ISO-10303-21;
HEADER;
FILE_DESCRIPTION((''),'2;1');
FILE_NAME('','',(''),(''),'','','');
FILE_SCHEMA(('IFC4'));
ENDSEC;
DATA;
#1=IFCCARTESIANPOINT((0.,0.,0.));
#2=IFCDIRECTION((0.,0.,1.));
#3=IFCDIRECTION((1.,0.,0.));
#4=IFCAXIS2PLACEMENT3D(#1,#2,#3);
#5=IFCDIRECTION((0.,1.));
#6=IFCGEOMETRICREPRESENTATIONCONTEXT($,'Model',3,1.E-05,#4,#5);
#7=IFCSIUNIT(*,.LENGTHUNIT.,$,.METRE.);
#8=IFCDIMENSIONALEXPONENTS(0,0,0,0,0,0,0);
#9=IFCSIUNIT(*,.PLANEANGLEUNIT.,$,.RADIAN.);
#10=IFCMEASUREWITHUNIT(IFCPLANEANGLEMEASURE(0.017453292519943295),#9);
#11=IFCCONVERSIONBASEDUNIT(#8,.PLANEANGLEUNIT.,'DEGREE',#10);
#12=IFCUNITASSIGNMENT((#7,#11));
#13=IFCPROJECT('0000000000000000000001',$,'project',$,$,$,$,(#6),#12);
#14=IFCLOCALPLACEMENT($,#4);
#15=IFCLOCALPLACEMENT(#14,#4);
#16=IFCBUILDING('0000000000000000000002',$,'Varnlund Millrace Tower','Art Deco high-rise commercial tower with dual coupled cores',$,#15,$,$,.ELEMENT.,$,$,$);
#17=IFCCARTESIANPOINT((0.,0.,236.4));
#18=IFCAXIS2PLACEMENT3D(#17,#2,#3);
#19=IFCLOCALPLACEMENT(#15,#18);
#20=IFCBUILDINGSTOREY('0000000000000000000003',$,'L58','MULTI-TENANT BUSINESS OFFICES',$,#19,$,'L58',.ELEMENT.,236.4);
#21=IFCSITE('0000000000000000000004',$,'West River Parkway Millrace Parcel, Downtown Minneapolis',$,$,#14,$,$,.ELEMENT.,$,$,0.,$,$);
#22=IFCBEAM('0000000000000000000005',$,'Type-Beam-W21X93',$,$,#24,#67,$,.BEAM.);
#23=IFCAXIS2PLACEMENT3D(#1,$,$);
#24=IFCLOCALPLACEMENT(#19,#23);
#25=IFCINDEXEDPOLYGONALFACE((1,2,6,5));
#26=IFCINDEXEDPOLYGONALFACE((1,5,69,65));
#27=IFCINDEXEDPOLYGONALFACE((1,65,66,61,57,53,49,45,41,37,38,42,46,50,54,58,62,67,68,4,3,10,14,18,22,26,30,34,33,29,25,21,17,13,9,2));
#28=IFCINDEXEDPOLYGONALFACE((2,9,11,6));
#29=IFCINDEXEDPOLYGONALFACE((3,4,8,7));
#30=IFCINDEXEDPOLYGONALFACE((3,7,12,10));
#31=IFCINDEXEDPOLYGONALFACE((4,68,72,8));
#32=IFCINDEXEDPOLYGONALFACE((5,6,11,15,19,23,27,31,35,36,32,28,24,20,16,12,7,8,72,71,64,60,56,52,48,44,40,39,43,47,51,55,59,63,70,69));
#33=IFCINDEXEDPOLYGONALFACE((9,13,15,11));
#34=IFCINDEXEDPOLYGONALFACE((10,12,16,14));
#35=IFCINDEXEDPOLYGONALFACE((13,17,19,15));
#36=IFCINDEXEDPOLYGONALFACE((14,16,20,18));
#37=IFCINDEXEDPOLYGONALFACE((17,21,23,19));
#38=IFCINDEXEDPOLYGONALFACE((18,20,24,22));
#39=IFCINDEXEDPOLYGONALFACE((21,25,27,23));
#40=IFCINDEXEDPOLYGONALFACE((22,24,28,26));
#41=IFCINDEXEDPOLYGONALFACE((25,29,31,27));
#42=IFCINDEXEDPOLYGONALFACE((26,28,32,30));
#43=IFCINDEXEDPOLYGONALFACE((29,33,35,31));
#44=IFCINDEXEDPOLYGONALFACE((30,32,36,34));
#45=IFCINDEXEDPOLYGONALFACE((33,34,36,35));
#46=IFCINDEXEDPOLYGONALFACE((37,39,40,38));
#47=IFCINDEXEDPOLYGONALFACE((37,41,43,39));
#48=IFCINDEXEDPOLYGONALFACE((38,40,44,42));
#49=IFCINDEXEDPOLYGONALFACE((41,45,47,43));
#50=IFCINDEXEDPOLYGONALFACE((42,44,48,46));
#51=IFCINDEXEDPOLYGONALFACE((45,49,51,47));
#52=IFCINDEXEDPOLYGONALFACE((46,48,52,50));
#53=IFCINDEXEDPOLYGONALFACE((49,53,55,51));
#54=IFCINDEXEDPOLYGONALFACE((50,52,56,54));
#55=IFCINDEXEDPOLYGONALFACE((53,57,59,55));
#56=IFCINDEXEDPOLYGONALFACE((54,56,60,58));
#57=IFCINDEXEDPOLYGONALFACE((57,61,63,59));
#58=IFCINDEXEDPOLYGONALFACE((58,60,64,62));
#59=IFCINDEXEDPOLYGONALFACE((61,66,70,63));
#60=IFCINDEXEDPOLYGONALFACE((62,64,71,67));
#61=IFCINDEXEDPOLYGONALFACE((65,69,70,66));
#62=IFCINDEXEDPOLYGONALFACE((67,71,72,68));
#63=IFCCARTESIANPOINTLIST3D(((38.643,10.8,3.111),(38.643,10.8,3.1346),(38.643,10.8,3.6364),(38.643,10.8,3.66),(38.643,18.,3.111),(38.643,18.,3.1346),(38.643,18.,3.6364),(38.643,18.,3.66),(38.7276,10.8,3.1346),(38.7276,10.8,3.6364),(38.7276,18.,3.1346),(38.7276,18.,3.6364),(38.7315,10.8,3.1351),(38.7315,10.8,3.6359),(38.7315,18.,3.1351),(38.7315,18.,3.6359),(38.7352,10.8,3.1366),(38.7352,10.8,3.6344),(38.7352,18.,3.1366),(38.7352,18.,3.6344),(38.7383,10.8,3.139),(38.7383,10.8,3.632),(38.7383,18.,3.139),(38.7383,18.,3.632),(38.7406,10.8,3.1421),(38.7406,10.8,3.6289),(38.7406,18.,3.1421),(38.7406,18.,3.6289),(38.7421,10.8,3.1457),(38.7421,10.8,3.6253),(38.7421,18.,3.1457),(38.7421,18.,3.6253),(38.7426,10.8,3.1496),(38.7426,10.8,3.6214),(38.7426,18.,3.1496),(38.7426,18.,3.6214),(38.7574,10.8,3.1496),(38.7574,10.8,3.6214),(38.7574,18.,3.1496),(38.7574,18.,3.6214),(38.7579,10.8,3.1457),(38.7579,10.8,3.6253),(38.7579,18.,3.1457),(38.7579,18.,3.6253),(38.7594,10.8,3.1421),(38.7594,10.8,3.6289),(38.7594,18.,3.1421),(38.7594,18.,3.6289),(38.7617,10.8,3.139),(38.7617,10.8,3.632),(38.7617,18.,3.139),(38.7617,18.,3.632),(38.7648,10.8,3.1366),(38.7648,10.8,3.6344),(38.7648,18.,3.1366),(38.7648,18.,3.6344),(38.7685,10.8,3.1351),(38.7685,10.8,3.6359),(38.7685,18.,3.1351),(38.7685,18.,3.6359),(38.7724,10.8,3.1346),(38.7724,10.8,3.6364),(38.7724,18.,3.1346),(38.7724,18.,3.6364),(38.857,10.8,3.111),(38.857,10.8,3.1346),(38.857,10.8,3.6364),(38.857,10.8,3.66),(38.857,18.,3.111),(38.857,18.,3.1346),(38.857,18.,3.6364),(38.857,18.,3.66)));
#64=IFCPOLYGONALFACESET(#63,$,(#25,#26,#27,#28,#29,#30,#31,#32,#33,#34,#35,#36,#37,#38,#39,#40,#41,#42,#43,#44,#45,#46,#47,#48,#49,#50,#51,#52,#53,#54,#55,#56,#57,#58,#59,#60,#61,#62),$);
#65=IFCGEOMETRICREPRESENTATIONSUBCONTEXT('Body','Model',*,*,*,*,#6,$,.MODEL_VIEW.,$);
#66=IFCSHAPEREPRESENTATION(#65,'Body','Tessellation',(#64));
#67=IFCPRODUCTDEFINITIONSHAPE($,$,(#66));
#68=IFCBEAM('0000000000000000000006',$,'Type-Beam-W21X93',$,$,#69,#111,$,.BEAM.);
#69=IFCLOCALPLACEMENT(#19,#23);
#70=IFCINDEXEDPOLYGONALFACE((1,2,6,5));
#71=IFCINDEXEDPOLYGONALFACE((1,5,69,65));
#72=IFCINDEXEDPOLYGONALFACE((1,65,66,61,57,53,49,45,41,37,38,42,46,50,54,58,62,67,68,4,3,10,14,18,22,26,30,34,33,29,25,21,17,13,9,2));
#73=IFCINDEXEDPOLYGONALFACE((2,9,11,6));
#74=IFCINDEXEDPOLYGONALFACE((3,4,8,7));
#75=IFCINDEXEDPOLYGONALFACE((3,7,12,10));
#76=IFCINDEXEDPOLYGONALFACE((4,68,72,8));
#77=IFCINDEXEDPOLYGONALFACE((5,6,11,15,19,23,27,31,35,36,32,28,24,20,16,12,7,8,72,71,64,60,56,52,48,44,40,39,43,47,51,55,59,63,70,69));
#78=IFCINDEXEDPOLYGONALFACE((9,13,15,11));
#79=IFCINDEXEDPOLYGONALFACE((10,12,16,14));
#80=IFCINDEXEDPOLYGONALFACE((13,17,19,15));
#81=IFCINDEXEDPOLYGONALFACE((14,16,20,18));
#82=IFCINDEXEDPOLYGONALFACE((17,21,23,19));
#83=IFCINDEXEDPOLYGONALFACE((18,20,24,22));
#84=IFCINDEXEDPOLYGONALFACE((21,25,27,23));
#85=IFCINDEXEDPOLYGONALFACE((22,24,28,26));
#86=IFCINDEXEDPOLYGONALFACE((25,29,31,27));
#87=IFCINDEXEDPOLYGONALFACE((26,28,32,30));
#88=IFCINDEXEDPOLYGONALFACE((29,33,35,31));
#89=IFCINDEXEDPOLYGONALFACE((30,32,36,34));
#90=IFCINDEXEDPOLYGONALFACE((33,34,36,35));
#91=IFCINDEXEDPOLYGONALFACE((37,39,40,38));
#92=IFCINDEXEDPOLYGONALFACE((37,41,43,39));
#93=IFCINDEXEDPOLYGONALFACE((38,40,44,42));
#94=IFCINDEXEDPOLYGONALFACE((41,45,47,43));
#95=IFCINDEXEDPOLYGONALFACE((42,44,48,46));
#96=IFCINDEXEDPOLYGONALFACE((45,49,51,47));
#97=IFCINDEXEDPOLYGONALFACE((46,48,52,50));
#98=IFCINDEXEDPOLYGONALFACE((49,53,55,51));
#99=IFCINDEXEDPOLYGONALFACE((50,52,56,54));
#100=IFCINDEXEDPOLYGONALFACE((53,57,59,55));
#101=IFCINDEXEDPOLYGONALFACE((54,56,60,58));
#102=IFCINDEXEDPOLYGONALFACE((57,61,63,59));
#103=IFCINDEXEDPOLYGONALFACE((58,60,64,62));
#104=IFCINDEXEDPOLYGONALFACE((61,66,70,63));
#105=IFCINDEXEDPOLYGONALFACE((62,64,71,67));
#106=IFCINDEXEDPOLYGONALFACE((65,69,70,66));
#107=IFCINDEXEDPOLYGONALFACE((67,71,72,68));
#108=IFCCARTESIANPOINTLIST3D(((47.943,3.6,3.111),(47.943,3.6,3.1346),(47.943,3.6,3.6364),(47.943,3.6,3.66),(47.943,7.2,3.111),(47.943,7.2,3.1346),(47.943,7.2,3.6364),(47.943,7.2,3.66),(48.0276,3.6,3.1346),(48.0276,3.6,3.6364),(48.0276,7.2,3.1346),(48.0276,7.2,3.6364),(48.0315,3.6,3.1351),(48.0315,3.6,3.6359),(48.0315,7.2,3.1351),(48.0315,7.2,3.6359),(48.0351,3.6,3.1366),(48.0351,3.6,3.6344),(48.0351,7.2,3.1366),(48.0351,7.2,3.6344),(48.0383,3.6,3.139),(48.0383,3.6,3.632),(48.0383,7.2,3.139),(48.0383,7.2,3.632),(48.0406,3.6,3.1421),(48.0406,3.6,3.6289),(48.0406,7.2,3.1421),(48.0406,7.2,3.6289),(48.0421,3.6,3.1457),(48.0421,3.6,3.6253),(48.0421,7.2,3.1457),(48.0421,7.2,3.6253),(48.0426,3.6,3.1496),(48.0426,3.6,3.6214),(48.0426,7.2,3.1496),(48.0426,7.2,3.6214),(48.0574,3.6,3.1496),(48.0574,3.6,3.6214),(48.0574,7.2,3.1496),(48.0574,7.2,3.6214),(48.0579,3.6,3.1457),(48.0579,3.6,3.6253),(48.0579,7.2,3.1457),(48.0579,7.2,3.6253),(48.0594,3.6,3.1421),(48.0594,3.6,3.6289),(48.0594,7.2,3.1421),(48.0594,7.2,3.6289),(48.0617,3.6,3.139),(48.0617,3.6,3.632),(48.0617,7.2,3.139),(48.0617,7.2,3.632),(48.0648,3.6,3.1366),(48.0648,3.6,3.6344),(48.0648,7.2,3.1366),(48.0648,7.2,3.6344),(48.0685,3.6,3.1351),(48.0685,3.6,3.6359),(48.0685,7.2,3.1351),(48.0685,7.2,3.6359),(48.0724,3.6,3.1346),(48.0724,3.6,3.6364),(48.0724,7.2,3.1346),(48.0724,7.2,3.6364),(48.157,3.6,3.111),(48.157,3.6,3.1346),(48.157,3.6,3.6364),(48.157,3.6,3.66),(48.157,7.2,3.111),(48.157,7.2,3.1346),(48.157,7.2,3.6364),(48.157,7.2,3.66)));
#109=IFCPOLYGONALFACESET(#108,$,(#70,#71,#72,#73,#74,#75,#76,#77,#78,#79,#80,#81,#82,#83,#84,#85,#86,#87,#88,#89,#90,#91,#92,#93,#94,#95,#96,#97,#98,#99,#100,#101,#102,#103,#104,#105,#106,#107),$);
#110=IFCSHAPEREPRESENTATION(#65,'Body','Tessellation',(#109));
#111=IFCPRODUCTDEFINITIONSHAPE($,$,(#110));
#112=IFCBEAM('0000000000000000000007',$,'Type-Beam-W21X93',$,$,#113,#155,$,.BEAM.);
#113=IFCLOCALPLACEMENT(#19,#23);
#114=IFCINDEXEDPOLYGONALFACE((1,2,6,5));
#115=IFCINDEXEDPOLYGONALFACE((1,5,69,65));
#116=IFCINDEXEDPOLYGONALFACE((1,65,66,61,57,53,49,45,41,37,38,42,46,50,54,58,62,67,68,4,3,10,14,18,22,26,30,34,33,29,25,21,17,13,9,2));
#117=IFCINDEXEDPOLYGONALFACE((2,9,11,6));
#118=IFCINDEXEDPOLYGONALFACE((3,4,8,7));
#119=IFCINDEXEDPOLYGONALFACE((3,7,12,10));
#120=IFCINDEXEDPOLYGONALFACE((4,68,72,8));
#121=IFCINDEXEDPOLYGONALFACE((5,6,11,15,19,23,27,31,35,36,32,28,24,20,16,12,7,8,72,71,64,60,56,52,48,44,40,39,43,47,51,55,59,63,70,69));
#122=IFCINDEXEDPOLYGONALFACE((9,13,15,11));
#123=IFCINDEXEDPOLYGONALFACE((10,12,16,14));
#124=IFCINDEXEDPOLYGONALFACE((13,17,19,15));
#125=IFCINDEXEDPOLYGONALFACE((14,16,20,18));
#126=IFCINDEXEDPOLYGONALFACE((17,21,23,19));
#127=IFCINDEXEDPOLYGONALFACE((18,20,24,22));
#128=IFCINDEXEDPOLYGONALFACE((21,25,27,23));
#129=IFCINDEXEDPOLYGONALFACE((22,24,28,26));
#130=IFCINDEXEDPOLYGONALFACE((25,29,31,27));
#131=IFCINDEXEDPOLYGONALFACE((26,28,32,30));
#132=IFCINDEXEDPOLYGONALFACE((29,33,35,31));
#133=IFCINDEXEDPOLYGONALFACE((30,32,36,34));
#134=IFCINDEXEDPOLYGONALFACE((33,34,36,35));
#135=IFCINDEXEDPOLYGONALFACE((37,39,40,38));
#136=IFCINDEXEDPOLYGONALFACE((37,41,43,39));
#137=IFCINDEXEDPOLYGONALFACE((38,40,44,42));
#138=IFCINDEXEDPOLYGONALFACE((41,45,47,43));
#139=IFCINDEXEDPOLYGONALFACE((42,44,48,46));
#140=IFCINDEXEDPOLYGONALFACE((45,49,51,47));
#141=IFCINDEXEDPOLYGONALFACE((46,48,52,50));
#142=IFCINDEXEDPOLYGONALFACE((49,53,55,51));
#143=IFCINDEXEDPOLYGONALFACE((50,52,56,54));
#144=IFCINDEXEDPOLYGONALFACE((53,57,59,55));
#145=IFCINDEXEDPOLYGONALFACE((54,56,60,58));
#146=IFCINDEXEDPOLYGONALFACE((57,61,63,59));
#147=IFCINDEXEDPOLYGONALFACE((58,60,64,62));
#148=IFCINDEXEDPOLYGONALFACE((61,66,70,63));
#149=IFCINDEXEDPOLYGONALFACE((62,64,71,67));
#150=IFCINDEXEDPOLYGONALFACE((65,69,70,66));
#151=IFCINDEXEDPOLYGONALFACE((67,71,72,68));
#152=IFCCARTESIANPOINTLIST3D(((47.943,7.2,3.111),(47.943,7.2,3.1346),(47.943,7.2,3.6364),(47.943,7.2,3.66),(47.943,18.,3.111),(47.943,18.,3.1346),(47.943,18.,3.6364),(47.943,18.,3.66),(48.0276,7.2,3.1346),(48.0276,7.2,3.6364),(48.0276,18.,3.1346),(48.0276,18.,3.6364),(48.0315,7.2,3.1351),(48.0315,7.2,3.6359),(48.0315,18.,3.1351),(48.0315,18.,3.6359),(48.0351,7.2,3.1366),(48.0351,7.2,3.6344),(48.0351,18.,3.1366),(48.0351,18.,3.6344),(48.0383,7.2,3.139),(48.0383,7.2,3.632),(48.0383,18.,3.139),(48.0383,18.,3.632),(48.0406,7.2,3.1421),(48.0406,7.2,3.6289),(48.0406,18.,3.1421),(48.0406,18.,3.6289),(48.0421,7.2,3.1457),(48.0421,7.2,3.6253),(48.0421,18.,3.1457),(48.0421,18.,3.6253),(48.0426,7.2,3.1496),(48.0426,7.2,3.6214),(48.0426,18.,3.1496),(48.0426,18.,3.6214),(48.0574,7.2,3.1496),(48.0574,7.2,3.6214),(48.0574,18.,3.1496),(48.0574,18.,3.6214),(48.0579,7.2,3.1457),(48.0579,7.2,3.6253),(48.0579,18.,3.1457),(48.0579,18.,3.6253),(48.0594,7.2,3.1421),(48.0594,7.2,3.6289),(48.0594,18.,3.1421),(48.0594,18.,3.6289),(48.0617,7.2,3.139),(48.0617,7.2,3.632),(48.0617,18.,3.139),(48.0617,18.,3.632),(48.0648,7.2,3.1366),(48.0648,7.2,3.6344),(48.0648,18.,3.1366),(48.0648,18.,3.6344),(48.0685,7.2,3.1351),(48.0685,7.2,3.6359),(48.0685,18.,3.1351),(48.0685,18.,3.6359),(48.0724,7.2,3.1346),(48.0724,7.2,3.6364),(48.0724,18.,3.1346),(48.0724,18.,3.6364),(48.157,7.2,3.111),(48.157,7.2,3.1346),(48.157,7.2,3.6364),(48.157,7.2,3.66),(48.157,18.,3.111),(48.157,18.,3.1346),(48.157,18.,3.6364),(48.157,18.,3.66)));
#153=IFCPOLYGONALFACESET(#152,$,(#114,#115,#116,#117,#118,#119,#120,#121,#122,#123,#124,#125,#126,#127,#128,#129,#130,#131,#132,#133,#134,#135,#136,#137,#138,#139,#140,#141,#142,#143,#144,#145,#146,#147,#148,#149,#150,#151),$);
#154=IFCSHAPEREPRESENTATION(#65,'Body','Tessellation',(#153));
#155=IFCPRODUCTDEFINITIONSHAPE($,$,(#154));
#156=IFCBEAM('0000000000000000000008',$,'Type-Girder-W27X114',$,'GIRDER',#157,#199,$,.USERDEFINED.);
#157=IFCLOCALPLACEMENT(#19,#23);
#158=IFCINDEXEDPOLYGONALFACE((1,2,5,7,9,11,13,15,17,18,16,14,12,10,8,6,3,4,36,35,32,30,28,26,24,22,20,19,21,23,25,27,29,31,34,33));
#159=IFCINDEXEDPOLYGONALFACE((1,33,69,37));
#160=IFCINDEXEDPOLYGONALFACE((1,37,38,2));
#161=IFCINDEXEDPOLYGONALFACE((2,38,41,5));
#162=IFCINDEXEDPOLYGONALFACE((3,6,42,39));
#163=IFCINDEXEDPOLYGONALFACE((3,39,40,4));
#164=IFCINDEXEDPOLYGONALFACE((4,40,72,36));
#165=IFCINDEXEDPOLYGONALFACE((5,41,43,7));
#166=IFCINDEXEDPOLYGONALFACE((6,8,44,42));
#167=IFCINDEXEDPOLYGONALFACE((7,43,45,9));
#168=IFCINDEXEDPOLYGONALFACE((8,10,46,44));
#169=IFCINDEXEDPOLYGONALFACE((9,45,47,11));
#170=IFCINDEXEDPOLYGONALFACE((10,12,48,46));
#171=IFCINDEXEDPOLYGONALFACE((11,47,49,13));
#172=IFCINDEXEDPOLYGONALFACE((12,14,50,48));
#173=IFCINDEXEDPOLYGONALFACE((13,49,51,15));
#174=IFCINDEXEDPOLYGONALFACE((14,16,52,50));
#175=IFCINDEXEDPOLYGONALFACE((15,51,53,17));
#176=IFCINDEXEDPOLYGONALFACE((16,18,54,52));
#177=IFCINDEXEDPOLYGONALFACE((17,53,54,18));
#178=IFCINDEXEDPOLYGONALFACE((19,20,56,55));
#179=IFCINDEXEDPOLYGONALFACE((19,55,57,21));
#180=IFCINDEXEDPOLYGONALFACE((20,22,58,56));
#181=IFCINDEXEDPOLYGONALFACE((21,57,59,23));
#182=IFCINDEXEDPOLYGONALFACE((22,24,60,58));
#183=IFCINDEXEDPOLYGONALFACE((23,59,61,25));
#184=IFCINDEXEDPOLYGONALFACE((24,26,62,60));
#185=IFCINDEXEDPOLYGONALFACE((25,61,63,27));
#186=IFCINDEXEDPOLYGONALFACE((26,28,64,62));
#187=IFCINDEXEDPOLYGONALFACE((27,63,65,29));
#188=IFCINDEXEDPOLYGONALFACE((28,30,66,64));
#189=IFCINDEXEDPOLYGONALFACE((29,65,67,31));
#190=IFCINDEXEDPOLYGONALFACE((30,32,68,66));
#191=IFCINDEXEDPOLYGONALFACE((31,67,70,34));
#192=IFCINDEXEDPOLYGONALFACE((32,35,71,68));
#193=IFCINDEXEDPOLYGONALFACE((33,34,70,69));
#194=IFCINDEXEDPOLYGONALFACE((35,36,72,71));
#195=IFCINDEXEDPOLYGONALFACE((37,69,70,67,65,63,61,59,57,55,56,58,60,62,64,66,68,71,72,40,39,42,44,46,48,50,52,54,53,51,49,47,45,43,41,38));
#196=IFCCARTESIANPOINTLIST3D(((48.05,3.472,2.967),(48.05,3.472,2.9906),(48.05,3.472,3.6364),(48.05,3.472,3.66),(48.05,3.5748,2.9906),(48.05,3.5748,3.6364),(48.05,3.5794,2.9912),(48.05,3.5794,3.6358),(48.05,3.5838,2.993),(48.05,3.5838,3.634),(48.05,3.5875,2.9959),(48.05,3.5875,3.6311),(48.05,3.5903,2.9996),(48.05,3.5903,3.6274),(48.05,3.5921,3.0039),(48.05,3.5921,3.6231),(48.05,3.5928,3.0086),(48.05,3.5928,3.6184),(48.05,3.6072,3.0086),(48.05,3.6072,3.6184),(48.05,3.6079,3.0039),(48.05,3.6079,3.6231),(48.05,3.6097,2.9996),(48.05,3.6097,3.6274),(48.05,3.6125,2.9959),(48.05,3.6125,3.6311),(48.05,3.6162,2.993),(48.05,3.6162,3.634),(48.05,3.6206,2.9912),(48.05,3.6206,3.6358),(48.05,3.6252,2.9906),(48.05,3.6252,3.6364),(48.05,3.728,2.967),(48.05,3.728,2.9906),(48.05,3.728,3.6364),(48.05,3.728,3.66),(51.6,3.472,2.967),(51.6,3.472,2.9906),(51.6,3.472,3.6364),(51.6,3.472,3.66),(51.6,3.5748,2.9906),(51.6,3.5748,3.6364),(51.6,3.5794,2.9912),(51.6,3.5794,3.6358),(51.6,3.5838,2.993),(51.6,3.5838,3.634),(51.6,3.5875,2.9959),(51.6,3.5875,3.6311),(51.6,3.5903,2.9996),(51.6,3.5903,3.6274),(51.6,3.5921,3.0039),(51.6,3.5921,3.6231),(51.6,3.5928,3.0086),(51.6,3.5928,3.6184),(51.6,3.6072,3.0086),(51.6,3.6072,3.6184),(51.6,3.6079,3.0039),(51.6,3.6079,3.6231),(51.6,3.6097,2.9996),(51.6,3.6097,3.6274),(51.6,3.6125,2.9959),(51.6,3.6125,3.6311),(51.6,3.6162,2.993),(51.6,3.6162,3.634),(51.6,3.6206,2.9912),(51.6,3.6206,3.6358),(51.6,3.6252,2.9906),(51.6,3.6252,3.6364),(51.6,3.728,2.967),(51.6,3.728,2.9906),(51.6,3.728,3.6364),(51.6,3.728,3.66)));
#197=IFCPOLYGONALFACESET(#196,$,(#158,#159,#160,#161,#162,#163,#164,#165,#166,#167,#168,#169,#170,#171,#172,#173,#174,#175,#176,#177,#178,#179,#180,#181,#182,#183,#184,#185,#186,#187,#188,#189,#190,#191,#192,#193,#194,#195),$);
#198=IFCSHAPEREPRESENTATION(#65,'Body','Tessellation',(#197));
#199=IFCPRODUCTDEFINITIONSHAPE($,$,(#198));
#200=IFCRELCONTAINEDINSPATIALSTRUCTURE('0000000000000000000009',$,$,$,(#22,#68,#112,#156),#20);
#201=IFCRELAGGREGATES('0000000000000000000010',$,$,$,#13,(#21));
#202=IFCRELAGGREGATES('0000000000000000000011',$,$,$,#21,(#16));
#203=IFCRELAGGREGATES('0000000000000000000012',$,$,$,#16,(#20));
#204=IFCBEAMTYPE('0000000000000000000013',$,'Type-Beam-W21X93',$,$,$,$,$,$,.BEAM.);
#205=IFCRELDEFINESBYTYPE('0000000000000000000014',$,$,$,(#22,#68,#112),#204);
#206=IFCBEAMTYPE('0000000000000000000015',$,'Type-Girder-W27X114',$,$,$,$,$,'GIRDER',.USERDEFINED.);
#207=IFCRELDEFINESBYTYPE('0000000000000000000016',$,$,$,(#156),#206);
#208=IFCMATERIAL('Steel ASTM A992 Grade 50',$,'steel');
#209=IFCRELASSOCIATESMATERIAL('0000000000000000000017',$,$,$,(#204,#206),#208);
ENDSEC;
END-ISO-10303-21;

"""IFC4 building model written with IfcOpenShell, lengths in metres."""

from ifc_helpers import new_model, entity, si_unit, converted_unit, direction, frame, origin_with_axes, origin_2d_with_axis, place, context, subcontext, project, spatial, i_section, extrude, material, material_profile, profile_set, type_object, element, save


model = new_model("IFC4")

# Units and contexts
model_context = context("Model", 3, precision=1e-05, world=origin_with_axes(), true_north=direction((0.0, 1.0)))
body_context = subcontext(model_context, "Body", "Model", "MODEL_VIEW")
ifc_project = project(units=[si_unit("LENGTHUNIT", "METRE"), converted_unit("PLANEANGLEUNIT", "DEGREE", entity("IfcPlaneAngleMeasure", 0.017453292519943295), si_unit("PLANEANGLEUNIT", "RADIAN"), dimensions=[0, 0, 0, 0, 0, 0, 0])], contexts=[model_context])

# Site, building, storey
site_placement = place(None, origin_with_axes())
site = spatial("IfcSite", under=ifc_project, at=site_placement, Name="West River Parkway Millrace Parcel, Downtown Minneapolis", CompositionType="ELEMENT", RefElevation=0.0)
building_placement = place(site_placement, origin_with_axes())
building = spatial("IfcBuilding", under=site, at=building_placement, Name="Varnlund Millrace Tower", Description="Art Deco high-rise commercial tower with dual coupled cores", CompositionType="ELEMENT")
storey_placement = place(building_placement, frame((0.0, 0.0, 236.4), z_axis=(0.0, 0.0, 1.0), x_axis=(1.0, 0.0, 0.0)))
storey = spatial("IfcBuildingStorey", under=building, at=storey_placement, Name="L58", Description="MULTI-TENANT BUSINESS OFFICES", LongName="L58", CompositionType="ELEMENT", Elevation=236.4)

# Beams
ifc_material_1 = material(Name="Steel ASTM A992 Grade 50", Category="steel")
ifc_material_profile_1 = material_profile(ifc_material_1, i_section(OverallWidth=0.214, OverallDepth=0.549, WebThickness=0.0147, FlangeThickness=0.0236, FilletRadius=0.015, at=origin_2d_with_axis()), Name="Steel ASTM A992 Grade 50")
ifc_profile_set_1 = profile_set([ifc_material_profile_1], Name="Steel ASTM A992 Grade 50")
beam_type_1 = type_object("IfcBeamType", Name="Type-Beam-W21X93", PredefinedType="BEAM", material=ifc_profile_set_1)
beam_1_placement = place(storey_placement, frame((38.75, 10.8, 3.3855), z_axis=(0.0, 1.0, 0.0), x_axis=(-1.0, 0.0, 0.0)))
element("IfcBeam", 1, at=beam_1_placement, inside=storey, type_object=beam_type_1, Name="Type-Beam-W21X93", PredefinedType="BEAM", context=body_context, shape_type="SweptSolid", body=[
    extrude(i_section(OverallWidth=0.214, OverallDepth=0.549, WebThickness=0.0147, FlangeThickness=0.0236, FilletRadius=0.015, at=origin_2d_with_axis()), origin_with_axes(), (0.0, 0.0, 1.0), 7.2),
])
beam_2_placement = place(storey_placement, frame((48.05, 3.6, 3.3855), z_axis=(0.0, 1.0, 0.0), x_axis=(-1.0, 0.0, 0.0)))
element("IfcBeam", 2, at=beam_2_placement, inside=storey, type_object=beam_type_1, Name="Type-Beam-W21X93", PredefinedType="BEAM", context=body_context, shape_type="SweptSolid", body=[
    extrude(i_section(OverallWidth=0.214, OverallDepth=0.549, WebThickness=0.0147, FlangeThickness=0.0236, FilletRadius=0.015, at=origin_2d_with_axis()), origin_with_axes(), (0.0, 0.0, 1.0), 3.6),
])
beam_3_placement = place(storey_placement, frame((48.05, 7.2, 3.3855), z_axis=(0.0, 1.0, 0.0), x_axis=(-1.0, 0.0, 0.0)))
element("IfcBeam", 3, at=beam_3_placement, inside=storey, type_object=beam_type_1, Name="Type-Beam-W21X93", PredefinedType="BEAM", context=body_context, shape_type="SweptSolid", body=[
    extrude(i_section(OverallWidth=0.214, OverallDepth=0.549, WebThickness=0.0147, FlangeThickness=0.0236, FilletRadius=0.015, at=origin_2d_with_axis()), origin_with_axes(), (0.0, 0.0, 1.0), 10.8),
])
ifc_material_profile_2 = material_profile(ifc_material_1, i_section(OverallWidth=0.256, OverallDepth=0.693, WebThickness=0.0145, FlangeThickness=0.0236, FilletRadius=0.018, at=origin_2d_with_axis()), Name="Steel ASTM A992 Grade 50")
ifc_profile_set_2 = profile_set([ifc_material_profile_2], Name="Steel ASTM A992 Grade 50")
beam_type_2 = type_object("IfcBeamType", Name="Type-Girder-W27X114", ElementType="GIRDER", PredefinedType="USERDEFINED", material=ifc_profile_set_2)
beam_4_placement = place(storey_placement, frame((48.05, 3.6, 3.3135), z_axis=(1.0, 0.0, 0.0), x_axis=(0.0, 1.0, 0.0)))
element("IfcBeam", 4, at=beam_4_placement, inside=storey, type_object=beam_type_2, Name="Type-Girder-W27X114", ObjectType="GIRDER", PredefinedType="USERDEFINED", context=body_context, shape_type="SweptSolid", body=[
    extrude(i_section(OverallWidth=0.256, OverallDepth=0.693, WebThickness=0.0145, FlangeThickness=0.0236, FilletRadius=0.018, at=origin_2d_with_axis()), origin_with_axes(), (0.0, 0.0, 1.0), 3.55),
])

save(model, "model.ifc")
